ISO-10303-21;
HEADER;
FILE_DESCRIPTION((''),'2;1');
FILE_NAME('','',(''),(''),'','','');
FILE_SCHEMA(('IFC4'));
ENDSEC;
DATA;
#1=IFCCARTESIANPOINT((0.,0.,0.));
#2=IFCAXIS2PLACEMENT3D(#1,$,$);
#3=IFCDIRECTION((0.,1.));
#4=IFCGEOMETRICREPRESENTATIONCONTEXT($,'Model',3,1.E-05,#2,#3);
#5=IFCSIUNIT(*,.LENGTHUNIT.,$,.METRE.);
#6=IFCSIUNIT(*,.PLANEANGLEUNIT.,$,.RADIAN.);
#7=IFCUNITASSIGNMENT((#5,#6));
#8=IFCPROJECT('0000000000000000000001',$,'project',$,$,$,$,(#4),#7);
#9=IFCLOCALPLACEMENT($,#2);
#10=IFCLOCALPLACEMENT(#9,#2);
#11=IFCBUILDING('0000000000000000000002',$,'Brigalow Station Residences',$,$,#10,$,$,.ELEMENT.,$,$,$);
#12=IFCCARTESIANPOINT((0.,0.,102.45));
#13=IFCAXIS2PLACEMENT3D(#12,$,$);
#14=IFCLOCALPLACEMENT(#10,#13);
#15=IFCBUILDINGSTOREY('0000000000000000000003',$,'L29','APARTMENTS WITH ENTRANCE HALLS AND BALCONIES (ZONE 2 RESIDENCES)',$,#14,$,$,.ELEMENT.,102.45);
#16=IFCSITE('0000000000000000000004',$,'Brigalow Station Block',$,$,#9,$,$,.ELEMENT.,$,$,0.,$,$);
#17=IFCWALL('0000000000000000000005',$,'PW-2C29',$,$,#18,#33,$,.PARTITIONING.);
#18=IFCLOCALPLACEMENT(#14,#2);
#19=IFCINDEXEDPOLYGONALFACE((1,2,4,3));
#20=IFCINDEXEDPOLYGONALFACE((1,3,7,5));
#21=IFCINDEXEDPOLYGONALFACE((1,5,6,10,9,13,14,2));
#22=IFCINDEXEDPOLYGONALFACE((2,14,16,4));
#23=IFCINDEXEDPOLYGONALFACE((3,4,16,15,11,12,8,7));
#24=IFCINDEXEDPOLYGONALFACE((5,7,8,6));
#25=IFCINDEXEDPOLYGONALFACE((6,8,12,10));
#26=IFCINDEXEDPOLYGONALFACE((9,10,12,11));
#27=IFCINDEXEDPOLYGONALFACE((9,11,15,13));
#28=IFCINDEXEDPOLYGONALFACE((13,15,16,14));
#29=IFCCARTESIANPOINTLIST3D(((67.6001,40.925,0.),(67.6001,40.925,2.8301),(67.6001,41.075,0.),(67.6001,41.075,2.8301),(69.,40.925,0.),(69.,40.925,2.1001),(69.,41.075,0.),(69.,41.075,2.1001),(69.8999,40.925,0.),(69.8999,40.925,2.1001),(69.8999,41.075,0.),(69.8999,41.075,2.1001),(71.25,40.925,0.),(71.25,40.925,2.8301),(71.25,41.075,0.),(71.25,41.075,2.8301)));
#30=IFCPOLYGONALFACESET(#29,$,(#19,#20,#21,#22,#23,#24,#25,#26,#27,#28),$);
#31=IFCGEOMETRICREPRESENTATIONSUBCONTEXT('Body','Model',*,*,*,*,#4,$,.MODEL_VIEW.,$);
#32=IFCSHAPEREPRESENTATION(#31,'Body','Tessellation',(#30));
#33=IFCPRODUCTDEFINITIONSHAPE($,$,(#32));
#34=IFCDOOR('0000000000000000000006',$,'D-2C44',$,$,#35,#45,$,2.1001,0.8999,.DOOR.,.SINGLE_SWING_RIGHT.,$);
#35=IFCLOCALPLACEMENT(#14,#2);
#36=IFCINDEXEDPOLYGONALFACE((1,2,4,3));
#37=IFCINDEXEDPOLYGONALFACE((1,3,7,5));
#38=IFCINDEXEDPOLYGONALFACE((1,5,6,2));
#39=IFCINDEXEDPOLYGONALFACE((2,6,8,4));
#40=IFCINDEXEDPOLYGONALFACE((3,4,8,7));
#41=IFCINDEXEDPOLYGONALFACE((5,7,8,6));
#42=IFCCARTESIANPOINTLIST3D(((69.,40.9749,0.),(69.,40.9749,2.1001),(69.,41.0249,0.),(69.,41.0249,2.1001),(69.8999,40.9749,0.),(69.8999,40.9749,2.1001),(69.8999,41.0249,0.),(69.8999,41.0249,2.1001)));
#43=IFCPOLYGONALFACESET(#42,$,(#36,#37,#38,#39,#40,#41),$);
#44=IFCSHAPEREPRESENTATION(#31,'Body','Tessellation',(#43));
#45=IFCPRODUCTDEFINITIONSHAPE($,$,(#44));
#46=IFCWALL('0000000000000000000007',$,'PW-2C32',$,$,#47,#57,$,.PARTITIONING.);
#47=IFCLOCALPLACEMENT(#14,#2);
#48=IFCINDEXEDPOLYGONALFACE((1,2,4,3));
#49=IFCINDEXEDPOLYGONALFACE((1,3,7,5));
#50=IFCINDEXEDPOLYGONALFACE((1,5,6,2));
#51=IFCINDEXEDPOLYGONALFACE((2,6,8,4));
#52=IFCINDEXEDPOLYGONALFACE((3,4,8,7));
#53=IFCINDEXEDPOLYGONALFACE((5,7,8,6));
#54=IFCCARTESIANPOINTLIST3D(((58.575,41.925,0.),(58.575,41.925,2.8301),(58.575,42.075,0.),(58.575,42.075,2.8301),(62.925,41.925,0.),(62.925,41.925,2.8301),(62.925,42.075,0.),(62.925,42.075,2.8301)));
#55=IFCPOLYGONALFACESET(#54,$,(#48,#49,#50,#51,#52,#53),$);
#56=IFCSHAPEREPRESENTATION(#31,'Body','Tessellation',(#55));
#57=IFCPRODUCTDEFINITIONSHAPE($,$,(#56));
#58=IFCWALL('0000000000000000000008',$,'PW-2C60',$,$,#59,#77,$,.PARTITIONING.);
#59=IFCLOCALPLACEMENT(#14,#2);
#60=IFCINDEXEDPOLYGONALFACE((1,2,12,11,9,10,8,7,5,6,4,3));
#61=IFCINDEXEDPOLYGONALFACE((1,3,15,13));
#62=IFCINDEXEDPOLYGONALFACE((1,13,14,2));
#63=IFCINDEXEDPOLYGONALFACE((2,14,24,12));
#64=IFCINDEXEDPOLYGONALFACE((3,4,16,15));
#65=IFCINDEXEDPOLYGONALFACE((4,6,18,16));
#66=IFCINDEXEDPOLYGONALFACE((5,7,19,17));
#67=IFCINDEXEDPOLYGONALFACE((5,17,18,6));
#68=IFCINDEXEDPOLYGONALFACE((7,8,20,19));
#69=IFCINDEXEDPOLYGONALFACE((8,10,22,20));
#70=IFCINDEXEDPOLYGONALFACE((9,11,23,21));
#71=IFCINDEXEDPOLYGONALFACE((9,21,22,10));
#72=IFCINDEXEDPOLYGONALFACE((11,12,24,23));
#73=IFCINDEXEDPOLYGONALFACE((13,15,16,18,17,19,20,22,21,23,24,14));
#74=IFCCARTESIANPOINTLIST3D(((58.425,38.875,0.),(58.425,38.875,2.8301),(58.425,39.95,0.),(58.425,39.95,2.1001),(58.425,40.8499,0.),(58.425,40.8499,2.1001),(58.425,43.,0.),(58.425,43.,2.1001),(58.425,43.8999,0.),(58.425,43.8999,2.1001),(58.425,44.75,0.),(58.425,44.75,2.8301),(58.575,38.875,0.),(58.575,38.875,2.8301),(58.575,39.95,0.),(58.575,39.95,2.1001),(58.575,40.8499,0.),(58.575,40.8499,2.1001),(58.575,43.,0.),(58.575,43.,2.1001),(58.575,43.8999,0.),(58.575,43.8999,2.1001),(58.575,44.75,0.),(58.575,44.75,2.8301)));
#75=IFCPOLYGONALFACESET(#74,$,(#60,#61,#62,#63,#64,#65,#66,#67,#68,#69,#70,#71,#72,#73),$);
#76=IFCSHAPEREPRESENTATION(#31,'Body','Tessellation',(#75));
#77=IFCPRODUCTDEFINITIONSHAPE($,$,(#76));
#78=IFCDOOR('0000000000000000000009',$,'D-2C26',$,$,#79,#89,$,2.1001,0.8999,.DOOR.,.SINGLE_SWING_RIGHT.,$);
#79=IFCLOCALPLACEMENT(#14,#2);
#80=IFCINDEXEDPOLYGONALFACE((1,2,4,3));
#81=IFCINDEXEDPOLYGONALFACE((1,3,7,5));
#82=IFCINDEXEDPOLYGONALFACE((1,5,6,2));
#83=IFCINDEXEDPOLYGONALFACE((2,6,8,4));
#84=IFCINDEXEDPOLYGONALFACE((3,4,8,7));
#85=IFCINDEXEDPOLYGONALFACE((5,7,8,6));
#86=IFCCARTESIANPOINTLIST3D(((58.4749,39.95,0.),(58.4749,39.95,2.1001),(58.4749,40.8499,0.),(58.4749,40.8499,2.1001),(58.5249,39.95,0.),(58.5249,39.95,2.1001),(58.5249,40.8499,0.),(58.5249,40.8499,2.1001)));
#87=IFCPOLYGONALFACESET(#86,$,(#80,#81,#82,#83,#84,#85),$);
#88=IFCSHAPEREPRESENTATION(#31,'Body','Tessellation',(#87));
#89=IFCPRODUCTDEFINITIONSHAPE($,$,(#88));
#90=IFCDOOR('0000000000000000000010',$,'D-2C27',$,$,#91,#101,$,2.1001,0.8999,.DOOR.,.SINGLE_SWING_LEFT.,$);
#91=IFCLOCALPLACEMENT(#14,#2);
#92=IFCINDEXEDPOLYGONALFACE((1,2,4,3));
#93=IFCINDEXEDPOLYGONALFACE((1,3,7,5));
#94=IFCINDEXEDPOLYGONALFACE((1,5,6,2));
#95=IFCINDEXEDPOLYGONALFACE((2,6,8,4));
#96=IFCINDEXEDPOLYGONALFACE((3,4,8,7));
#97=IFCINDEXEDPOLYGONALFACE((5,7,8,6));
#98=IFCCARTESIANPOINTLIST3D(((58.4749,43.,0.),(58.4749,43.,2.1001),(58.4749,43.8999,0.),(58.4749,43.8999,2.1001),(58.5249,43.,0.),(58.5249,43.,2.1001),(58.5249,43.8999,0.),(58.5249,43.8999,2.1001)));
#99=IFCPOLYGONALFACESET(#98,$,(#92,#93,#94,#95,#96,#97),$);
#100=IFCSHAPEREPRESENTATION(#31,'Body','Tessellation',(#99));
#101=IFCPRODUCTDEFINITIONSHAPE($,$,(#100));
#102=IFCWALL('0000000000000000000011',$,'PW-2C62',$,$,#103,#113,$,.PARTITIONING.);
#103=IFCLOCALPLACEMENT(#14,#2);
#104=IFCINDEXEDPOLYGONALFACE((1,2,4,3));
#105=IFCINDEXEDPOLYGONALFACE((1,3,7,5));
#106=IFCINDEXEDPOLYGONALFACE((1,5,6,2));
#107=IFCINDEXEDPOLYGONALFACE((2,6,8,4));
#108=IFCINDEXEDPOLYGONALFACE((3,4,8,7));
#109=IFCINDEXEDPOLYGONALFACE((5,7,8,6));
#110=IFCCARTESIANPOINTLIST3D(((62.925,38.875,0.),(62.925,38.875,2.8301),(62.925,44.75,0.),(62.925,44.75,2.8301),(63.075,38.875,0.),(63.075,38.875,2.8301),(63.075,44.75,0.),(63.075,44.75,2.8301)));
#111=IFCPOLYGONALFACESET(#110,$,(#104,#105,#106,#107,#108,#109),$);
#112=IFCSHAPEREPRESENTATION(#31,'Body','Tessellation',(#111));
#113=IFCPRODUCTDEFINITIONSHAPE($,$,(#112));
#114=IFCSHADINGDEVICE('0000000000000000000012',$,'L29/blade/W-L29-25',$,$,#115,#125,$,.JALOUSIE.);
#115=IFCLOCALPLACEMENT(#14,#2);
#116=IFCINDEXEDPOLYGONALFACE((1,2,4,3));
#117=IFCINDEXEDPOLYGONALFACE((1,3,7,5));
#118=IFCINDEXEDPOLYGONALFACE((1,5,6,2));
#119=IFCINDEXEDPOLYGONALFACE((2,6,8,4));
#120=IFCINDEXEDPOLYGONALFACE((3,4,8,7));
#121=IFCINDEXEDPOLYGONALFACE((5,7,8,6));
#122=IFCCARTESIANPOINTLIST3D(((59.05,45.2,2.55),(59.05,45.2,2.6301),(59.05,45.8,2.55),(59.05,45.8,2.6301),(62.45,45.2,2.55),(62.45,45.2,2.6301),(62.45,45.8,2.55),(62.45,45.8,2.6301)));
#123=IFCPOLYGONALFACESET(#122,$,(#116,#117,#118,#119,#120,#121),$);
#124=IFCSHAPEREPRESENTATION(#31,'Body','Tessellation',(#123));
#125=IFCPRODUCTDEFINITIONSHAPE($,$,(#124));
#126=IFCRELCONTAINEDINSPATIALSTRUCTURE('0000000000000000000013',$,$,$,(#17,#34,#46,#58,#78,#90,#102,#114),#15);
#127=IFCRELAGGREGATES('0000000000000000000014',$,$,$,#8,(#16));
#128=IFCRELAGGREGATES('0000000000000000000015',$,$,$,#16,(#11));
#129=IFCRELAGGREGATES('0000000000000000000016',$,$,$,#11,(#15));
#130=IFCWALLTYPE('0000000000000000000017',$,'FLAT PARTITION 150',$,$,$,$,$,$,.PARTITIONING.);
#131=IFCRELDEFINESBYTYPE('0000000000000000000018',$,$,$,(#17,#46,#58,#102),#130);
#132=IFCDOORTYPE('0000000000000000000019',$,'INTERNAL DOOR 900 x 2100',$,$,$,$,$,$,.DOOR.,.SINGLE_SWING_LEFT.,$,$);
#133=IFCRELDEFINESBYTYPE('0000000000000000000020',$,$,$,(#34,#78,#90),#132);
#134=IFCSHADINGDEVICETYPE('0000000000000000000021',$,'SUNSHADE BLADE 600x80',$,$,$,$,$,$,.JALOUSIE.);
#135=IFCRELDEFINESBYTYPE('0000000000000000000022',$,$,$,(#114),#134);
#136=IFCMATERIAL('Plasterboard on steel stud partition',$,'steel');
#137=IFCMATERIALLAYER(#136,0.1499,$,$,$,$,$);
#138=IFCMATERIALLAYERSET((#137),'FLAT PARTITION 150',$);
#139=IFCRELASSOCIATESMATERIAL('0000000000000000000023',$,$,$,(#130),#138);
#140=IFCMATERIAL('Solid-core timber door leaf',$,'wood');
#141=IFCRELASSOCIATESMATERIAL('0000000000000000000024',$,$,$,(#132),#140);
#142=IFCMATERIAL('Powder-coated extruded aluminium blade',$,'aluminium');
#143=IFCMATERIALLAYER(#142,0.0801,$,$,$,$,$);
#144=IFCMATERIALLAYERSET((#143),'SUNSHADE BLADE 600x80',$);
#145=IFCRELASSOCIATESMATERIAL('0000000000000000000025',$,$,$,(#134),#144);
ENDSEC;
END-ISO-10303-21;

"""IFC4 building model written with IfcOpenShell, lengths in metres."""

from ifc_helpers import new_model, si_unit, direction, frame, frame_2d, origin, origin_2d, place, context, subcontext, project, spatial, rectangle, extrude, material, layer, layer_set, type_object, element, fill, save


model = new_model("IFC4")

# Units and contexts
model_context = context("Model", 3, precision=1e-05, world=origin(), true_north=direction((0.0, 1.0)))
body_context = subcontext(model_context, "Body", "Model", "MODEL_VIEW")
ifc_project = project(units=[si_unit("LENGTHUNIT", "METRE"), si_unit("PLANEANGLEUNIT", "RADIAN")], contexts=[model_context])

# Site, building, storey
site_placement = place(None, origin())
site = spatial("IfcSite", under=ifc_project, at=site_placement, Name="Brigalow Station Block", CompositionType="ELEMENT", RefElevation=0.0)
building_placement = place(site_placement, origin())
building = spatial("IfcBuilding", under=site, at=building_placement, Name="Brigalow Station Residences", CompositionType="ELEMENT")
storey_placement = place(building_placement, frame((0.0, 0.0, 102.45)))
storey = spatial("IfcBuildingStorey", under=building, at=storey_placement, Name="L29", Description="APARTMENTS WITH ENTRANCE HALLS AND BALCONIES (ZONE 2 RESIDENCES)", CompositionType="ELEMENT", Elevation=102.45)

# Wall, opening, door
ifc_material_1 = material(Name="Plasterboard on steel stud partition", Category="steel")
ifc_layer_1 = layer(ifc_material_1, 0.1499)
ifc_layer_set_1 = layer_set([ifc_layer_1], Name="FLAT PARTITION 150")
wall_type_1 = type_object("IfcWallType", Name="FLAT PARTITION 150", PredefinedType="PARTITIONING", material=ifc_layer_set_1)
wall_1_placement = place(storey_placement, frame((67.6001, 41.0, 0.0), z_axis=(0.0, 0.0, 1.0), x_axis=(1.0, 0.0, 0.0)))
wall_1 = element("IfcWall", 1, at=wall_1_placement, inside=storey, type_object=wall_type_1, Name="PW-2C29", PredefinedType="PARTITIONING", context=body_context, shape_type="SweptSolid", body=[
    extrude(rectangle(XDim=3.6499, YDim=0.1499, at=frame_2d((1.825, 0.0))), origin(), (0.0, 0.0, 1.0), 2.8301),
])
opening_1_placement = place(wall_1_placement, frame((1.3999, 0.0, 0.0)))
opening_1 = element("IfcOpeningElement", 2, at=opening_1_placement, cuts=wall_1, PredefinedType="OPENING", context=body_context, shape_type="SweptSolid", body=[
    extrude(rectangle(XDim=0.8999, YDim=2.1001, at=frame_2d((0.45, 1.05))), frame((0.0, 0.085, 0.0), z_axis=(0.0, -1.0, 0.0), x_axis=(1.0, 0.0, 0.0)), (0.0, 0.0, 1.0), 0.1699),
])
ifc_material_2 = material(Name="Solid-core timber door leaf", Category="wood")
door_type_1 = type_object("IfcDoorType", Name="INTERNAL DOOR 900 x 2100", OperationType="SINGLE_SWING_LEFT", PredefinedType="DOOR", material=ifc_material_2)
door_1_placement = place(opening_1_placement, origin())
door_1 = element("IfcDoor", 3, at=door_1_placement, inside=storey, type_object=door_type_1, Name="D-2C44", OperationType="SINGLE_SWING_RIGHT", OverallHeight=2.1001, OverallWidth=0.8999, PredefinedType="DOOR", context=body_context, shape_type="SweptSolid", body=[
    extrude(rectangle(XDim=0.8999, YDim=2.1001, at=frame_2d((0.45, 1.05))), frame((0.0, 0.0249, 0.0), z_axis=(0.0, -1.0, 0.0), x_axis=(1.0, 0.0, 0.0)), (0.0, 0.0, 1.0), 0.05),
])
fill(opening_1, door_1)

# Wall
wall_2_placement = place(storey_placement, frame((58.575, 42.0, 0.0), z_axis=(0.0, 0.0, 1.0), x_axis=(1.0, 0.0, 0.0)))
element("IfcWall", 4, at=wall_2_placement, inside=storey, type_object=wall_type_1, Name="PW-2C32", PredefinedType="PARTITIONING", context=body_context, shape_type="SweptSolid", body=[
    extrude(rectangle(XDim=4.3501, YDim=0.1499, at=frame_2d((2.175, 0.0))), origin(), (0.0, 0.0, 1.0), 2.8301),
])

# Wall, openings, doors
wall_3_placement = place(storey_placement, frame((58.5, 38.875, 0.0), z_axis=(0.0, 0.0, 1.0), x_axis=(0.0, 1.0, 0.0)))
wall_3 = element("IfcWall", 5, at=wall_3_placement, inside=storey, type_object=wall_type_1, Name="PW-2C60", PredefinedType="PARTITIONING", context=body_context, shape_type="SweptSolid", body=[
    extrude(rectangle(XDim=5.875, YDim=0.1499, at=frame_2d((2.9375, 0.0))), origin(), (0.0, 0.0, 1.0), 2.8301),
])
opening_2_placement = place(wall_3_placement, frame((1.075, 0.0, 0.0)))
opening_2 = element("IfcOpeningElement", 6, at=opening_2_placement, cuts=wall_3, PredefinedType="OPENING", context=body_context, shape_type="SweptSolid", body=[
    extrude(rectangle(XDim=0.8999, YDim=2.1001, at=frame_2d((0.45, 1.05))), frame((0.0, 0.085, 0.0), z_axis=(0.0, -1.0, 0.0), x_axis=(1.0, 0.0, 0.0)), (0.0, 0.0, 1.0), 0.1699),
])
opening_3_placement = place(wall_3_placement, frame((4.125, 0.0, 0.0)))
opening_3 = element("IfcOpeningElement", 7, at=opening_3_placement, cuts=wall_3, PredefinedType="OPENING", context=body_context, shape_type="SweptSolid", body=[
    extrude(rectangle(XDim=0.8999, YDim=2.1001, at=frame_2d((0.45, 1.05))), frame((0.0, 0.085, 0.0), z_axis=(0.0, -1.0, 0.0), x_axis=(1.0, 0.0, 0.0)), (0.0, 0.0, 1.0), 0.1699),
])
door_2_placement = place(opening_2_placement, frame((0.8999, 0.0, 0.0), z_axis=(0.0, 0.0, 1.0), x_axis=(-1.0, 0.0, 0.0)))
door_2 = element("IfcDoor", 8, at=door_2_placement, inside=storey, type_object=door_type_1, Name="D-2C26", OperationType="SINGLE_SWING_RIGHT", OverallHeight=2.1001, OverallWidth=0.8999, PredefinedType="DOOR", context=body_context, shape_type="SweptSolid", body=[
    extrude(rectangle(XDim=0.8999, YDim=2.1001, at=frame_2d((0.45, 1.05))), frame((0.0, 0.0249, 0.0), z_axis=(0.0, -1.0, 0.0), x_axis=(1.0, 0.0, 0.0)), (0.0, 0.0, 1.0), 0.05),
])
fill(opening_2, door_2)
door_3_placement = place(opening_3_placement, frame((0.8999, 0.0, 0.0), z_axis=(0.0, 0.0, 1.0), x_axis=(-1.0, 0.0, 0.0)))
door_3 = element("IfcDoor", 9, at=door_3_placement, inside=storey, type_object=door_type_1, Name="D-2C27", OperationType="SINGLE_SWING_LEFT", OverallHeight=2.1001, OverallWidth=0.8999, PredefinedType="DOOR", context=body_context, shape_type="SweptSolid", body=[
    extrude(rectangle(XDim=0.8999, YDim=2.1001, at=frame_2d((0.45, 1.05))), frame((0.0, 0.0249, 0.0), z_axis=(0.0, -1.0, 0.0), x_axis=(1.0, 0.0, 0.0)), (0.0, 0.0, 1.0), 0.05),
])
fill(opening_3, door_3)

# Wall
wall_4_placement = place(storey_placement, frame((63.0, 38.875, 0.0), z_axis=(0.0, 0.0, 1.0), x_axis=(0.0, 1.0, 0.0)))
element("IfcWall", 10, at=wall_4_placement, inside=storey, type_object=wall_type_1, Name="PW-2C62", PredefinedType="PARTITIONING", context=body_context, shape_type="SweptSolid", body=[
    extrude(rectangle(XDim=5.875, YDim=0.1499, at=frame_2d((2.9375, 0.0))), origin(), (0.0, 0.0, 1.0), 2.8301),
])

# Shading device
ifc_material_3 = material(Name="Powder-coated extruded aluminium blade", Category="aluminium")
ifc_layer_2 = layer(ifc_material_3, 0.0801)
ifc_layer_set_2 = layer_set([ifc_layer_2], Name="SUNSHADE BLADE 600x80")
shading_device_type = type_object("IfcShadingDeviceType", Name="SUNSHADE BLADE 600x80", PredefinedType="JALOUSIE", material=ifc_layer_set_2)
shading_device_placement = place(storey_placement, frame((60.75, 45.5, 2.55), z_axis=(0.0, 0.0, 1.0), x_axis=(-1.0, 0.0, 0.0)))
element("IfcShadingDevice", 11, at=shading_device_placement, inside=storey, type_object=shading_device_type, Name="L29/blade/W-L29-25", PredefinedType="JALOUSIE", context=body_context, shape_type="SweptSolid", body=[
    extrude(rectangle(XDim=3.3999, YDim=0.6001, at=origin_2d()), origin(), (0.0, 0.0, 1.0), 0.0801),
])

save(model, "model.ifc")
